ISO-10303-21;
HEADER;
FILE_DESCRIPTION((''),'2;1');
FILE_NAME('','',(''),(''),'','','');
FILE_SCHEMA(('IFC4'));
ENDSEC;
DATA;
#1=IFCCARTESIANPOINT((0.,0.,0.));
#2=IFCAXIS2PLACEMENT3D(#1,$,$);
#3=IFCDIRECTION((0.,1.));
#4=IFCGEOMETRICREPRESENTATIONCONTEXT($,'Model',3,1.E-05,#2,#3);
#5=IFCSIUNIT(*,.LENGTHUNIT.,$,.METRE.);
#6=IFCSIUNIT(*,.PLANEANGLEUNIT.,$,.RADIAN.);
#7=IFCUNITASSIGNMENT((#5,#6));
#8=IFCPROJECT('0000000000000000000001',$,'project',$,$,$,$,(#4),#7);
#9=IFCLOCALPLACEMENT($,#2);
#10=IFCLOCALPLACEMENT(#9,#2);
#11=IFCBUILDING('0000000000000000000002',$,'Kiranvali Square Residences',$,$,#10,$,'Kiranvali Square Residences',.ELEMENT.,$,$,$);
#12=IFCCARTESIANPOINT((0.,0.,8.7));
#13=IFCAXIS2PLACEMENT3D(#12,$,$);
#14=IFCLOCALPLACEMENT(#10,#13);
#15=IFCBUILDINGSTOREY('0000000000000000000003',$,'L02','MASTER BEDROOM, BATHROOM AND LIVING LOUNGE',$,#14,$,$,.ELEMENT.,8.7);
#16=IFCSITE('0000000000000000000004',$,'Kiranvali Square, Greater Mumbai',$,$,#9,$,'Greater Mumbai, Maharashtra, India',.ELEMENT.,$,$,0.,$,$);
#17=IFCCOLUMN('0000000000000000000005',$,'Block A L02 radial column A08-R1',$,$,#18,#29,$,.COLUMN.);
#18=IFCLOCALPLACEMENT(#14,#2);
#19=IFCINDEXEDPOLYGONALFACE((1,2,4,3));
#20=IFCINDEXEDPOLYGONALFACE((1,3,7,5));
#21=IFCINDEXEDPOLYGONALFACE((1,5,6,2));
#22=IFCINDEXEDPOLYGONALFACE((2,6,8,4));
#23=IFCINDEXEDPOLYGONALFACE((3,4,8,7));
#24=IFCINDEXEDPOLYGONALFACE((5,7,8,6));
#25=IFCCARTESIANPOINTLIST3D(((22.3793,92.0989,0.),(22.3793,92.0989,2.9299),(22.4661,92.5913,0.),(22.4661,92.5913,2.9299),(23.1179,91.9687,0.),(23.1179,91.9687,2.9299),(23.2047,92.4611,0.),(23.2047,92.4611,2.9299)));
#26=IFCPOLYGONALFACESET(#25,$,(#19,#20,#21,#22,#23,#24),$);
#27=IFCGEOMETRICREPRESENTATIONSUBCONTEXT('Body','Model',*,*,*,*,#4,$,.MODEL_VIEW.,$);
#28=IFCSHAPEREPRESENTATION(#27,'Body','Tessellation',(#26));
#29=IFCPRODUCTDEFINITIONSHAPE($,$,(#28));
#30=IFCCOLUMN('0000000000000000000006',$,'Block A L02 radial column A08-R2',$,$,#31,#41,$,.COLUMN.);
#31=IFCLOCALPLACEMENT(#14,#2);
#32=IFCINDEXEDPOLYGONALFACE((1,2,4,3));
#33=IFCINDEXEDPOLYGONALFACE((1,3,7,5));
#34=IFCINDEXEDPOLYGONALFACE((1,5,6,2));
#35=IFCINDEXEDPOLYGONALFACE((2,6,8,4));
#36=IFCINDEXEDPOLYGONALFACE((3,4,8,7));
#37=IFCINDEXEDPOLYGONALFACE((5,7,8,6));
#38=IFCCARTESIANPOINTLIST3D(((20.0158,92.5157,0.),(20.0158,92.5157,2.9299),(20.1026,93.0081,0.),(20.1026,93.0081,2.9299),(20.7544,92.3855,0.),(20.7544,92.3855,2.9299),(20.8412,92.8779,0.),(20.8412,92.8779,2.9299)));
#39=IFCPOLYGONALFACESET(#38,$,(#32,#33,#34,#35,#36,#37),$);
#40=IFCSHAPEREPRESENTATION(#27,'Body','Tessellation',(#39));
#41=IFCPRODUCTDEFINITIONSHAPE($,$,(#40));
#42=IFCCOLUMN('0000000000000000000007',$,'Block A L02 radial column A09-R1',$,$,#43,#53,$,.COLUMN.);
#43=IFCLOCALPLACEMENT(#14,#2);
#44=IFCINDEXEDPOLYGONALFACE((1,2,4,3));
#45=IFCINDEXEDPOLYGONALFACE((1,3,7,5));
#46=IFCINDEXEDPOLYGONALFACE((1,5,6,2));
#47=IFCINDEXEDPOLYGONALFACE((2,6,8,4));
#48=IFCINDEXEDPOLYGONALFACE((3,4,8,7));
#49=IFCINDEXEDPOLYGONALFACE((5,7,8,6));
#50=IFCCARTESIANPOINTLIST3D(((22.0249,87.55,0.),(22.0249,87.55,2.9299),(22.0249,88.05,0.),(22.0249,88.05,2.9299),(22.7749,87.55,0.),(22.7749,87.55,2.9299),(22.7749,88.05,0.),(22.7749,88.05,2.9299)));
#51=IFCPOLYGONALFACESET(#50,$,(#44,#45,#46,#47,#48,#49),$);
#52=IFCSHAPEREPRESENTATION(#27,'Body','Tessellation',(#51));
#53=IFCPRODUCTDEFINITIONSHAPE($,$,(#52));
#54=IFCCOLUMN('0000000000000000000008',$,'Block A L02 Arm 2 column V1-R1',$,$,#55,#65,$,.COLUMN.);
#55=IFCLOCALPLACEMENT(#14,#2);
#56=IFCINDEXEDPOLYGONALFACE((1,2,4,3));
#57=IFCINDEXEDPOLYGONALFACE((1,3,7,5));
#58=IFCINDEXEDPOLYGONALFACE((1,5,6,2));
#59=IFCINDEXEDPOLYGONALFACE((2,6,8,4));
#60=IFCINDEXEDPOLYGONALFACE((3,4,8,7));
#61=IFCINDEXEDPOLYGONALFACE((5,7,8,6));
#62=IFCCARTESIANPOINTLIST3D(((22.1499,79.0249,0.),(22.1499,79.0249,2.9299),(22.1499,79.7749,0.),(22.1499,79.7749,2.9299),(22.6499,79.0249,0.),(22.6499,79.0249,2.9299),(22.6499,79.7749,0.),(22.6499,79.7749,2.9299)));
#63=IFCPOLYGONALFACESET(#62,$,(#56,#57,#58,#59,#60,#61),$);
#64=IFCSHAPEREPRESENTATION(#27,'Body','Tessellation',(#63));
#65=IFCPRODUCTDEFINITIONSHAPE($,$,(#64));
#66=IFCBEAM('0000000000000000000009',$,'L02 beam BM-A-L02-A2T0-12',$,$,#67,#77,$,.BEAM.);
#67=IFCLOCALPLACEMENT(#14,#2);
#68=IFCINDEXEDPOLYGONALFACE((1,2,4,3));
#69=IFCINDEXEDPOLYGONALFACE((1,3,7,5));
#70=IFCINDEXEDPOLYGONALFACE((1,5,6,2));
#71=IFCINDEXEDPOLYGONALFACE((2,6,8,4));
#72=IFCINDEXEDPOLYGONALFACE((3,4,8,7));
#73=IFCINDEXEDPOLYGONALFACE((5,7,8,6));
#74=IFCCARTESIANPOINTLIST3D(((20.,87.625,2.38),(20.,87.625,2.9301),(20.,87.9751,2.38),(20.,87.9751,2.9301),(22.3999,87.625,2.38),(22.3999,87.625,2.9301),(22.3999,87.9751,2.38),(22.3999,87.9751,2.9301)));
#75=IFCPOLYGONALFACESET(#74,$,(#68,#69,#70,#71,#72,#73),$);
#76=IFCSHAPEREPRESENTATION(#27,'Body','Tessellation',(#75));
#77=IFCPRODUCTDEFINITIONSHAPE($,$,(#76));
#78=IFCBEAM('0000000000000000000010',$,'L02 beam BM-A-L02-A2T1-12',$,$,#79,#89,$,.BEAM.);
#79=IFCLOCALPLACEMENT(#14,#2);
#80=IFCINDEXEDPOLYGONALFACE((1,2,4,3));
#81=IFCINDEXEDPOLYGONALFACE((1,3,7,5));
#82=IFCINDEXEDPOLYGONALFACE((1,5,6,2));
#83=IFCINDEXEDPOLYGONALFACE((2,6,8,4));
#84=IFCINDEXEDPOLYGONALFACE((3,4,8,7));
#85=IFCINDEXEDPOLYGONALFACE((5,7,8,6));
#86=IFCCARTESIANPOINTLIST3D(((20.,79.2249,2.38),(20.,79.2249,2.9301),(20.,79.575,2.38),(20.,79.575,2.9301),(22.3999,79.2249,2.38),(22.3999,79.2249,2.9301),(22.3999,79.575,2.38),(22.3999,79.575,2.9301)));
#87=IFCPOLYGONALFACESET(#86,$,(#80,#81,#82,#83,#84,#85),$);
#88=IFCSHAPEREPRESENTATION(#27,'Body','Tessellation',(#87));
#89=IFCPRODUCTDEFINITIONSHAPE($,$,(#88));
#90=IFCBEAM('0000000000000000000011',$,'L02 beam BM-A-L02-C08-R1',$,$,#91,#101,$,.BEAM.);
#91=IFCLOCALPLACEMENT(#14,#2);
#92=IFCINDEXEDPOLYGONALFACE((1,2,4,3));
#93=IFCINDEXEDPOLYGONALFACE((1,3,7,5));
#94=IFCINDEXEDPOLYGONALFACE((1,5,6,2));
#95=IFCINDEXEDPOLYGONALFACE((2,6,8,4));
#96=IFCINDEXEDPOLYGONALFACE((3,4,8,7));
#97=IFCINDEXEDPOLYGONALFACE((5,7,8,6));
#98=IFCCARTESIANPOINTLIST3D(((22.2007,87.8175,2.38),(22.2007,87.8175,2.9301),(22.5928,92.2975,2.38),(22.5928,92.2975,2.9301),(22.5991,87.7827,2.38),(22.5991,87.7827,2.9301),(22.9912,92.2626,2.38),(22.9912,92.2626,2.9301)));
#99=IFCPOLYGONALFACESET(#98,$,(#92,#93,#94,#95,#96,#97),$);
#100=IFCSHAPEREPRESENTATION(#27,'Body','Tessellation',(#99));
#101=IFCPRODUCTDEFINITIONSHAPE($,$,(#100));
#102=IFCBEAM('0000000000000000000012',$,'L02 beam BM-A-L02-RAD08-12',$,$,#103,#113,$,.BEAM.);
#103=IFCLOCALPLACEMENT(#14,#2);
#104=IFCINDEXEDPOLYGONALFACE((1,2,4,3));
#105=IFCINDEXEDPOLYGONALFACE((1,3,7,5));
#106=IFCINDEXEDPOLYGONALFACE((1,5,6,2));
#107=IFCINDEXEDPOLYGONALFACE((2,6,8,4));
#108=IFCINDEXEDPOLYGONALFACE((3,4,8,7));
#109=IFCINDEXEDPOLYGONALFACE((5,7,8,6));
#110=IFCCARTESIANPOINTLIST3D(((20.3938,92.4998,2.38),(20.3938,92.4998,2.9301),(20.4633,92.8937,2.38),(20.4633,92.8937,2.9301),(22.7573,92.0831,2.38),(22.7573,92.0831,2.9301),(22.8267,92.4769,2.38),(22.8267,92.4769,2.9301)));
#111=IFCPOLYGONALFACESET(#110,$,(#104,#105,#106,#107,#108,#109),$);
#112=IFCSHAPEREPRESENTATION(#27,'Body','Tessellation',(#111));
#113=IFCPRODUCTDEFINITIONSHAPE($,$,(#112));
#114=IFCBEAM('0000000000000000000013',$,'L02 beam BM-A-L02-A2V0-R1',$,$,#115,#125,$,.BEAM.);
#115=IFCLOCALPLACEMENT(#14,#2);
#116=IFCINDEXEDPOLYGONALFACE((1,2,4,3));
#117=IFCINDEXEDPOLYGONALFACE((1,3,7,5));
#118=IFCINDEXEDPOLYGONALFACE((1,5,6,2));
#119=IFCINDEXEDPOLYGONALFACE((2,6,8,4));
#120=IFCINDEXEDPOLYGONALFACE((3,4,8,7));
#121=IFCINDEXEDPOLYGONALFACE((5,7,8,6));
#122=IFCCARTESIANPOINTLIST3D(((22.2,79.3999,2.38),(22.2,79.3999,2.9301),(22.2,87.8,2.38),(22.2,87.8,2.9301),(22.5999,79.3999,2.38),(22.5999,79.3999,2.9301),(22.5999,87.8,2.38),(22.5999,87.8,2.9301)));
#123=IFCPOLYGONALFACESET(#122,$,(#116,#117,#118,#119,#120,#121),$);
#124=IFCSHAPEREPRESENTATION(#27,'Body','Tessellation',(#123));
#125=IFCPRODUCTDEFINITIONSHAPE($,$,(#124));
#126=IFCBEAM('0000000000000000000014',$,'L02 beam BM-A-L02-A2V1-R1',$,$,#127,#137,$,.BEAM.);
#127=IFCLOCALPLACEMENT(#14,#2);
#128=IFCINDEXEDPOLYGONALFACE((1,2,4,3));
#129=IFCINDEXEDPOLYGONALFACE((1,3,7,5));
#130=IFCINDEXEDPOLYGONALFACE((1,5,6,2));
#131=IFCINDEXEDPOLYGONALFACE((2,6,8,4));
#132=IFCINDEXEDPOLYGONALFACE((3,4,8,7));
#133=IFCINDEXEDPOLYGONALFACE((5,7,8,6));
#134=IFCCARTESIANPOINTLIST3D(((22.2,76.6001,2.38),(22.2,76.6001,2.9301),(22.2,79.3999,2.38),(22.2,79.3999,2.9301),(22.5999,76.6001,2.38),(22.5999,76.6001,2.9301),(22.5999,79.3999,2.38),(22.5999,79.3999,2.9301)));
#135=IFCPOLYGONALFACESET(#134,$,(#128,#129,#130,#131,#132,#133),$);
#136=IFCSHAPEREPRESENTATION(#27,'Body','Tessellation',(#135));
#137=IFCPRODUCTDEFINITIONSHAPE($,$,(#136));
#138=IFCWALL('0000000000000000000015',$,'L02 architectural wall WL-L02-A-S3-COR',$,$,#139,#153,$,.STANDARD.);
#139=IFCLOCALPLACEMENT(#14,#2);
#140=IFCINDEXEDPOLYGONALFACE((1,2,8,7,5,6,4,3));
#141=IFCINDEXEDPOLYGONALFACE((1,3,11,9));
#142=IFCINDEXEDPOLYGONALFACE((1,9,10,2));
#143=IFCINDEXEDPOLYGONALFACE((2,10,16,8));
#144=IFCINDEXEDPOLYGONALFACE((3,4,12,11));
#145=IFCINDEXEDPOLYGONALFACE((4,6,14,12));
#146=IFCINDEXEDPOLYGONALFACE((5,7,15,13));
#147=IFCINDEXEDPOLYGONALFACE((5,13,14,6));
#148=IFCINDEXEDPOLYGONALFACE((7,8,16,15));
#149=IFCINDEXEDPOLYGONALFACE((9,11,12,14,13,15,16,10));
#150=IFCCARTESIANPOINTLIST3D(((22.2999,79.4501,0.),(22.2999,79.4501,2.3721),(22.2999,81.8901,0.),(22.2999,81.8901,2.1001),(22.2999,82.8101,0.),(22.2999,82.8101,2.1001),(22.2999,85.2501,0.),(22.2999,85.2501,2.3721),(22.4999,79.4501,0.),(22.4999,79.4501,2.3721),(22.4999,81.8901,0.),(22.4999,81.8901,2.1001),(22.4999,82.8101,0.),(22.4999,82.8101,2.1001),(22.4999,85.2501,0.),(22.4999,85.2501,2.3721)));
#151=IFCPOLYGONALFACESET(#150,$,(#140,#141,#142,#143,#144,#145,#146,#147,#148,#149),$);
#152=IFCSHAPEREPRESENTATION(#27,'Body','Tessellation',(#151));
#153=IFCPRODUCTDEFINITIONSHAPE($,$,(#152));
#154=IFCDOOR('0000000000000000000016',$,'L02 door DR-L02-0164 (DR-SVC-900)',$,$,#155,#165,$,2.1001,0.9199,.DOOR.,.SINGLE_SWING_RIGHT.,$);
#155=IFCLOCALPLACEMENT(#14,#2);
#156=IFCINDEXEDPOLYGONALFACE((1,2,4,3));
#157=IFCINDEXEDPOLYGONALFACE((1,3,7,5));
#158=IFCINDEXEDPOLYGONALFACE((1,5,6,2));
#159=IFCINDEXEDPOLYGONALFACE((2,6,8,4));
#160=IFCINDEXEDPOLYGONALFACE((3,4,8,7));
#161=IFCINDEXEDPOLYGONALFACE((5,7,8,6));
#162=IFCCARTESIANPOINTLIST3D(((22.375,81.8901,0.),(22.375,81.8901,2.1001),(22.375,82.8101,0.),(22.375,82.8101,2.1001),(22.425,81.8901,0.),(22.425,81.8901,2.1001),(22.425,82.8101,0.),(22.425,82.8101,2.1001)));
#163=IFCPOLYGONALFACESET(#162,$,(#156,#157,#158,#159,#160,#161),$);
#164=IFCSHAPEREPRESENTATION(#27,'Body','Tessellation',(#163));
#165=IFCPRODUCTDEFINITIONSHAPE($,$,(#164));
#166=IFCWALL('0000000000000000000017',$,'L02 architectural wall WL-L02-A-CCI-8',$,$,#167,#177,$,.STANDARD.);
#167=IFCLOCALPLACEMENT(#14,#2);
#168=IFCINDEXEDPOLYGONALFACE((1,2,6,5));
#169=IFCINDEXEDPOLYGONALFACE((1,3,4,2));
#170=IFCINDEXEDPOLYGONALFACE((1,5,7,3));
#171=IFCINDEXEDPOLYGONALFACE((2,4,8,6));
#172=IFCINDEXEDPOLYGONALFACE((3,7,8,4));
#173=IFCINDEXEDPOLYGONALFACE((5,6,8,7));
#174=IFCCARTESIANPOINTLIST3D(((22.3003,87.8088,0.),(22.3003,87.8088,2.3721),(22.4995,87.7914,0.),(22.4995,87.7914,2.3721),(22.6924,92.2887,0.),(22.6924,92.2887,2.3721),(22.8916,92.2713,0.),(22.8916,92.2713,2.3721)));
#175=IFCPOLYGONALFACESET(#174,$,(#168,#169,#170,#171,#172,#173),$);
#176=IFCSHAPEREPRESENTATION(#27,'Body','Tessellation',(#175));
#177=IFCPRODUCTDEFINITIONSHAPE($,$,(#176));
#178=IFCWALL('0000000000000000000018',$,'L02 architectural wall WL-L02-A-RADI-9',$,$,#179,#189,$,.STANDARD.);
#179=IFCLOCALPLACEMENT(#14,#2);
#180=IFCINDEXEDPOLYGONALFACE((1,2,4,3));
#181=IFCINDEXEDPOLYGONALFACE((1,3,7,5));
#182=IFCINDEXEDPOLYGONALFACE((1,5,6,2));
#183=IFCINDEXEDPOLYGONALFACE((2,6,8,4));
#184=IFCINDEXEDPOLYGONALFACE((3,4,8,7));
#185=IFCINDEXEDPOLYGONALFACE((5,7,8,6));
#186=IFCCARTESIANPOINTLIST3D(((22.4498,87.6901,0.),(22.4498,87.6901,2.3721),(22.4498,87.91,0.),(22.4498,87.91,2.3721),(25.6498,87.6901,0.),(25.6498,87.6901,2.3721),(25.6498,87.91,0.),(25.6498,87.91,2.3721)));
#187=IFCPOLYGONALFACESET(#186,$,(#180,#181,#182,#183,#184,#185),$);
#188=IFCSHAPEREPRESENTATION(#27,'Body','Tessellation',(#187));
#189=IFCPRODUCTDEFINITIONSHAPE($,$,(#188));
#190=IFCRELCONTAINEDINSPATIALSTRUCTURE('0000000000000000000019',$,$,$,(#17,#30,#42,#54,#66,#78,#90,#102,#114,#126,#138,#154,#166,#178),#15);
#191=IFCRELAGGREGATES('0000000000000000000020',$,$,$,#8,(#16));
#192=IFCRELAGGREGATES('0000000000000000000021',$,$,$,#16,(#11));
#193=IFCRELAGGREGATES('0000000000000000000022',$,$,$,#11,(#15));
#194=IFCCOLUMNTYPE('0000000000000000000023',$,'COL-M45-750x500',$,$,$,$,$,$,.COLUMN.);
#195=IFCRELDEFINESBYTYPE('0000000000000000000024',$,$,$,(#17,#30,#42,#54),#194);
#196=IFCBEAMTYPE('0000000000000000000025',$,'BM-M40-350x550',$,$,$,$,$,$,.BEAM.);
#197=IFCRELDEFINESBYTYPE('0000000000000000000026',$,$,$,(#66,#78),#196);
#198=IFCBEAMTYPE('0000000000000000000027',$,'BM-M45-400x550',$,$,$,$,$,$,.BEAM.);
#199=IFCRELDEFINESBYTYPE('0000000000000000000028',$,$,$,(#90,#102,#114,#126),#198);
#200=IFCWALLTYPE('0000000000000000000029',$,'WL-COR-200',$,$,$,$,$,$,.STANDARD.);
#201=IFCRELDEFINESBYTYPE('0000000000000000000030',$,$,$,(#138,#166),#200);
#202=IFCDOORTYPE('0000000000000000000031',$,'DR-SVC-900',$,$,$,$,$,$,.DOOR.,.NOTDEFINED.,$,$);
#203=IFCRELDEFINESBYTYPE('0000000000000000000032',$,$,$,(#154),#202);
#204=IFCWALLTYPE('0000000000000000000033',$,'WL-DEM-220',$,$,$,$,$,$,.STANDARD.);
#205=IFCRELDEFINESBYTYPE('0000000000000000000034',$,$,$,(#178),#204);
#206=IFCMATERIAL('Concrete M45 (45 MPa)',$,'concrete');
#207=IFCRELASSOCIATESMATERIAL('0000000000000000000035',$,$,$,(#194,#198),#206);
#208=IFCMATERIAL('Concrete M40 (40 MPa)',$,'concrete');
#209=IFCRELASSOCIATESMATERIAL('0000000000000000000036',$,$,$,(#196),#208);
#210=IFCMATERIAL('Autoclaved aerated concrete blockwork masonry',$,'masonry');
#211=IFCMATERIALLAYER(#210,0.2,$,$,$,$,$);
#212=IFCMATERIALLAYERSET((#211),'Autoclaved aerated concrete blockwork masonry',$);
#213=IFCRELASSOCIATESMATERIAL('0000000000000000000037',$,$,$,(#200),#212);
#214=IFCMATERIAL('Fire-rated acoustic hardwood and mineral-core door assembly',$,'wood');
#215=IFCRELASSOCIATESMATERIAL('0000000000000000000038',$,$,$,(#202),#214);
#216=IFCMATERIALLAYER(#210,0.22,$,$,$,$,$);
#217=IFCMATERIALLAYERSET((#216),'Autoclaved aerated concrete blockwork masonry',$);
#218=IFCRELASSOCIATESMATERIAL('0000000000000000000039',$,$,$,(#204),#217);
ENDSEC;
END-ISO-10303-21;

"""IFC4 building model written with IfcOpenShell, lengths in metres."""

from ifc_helpers import new_model, si_unit, direction, frame, frame_2d, origin, origin_2d, place, context, subcontext, project, spatial, rectangle, extrude, material, layer, layer_set, material_profile, profile_set, type_object, element, fill, save


model = new_model("IFC4")

# Units and contexts
model_context = context("Model", 3, precision=1e-05, world=origin(), true_north=direction((0.0, 1.0)))
body_context = subcontext(model_context, "Body", "Model", "MODEL_VIEW")
ifc_project = project(units=[si_unit("LENGTHUNIT", "METRE"), si_unit("PLANEANGLEUNIT", "RADIAN")], contexts=[model_context])

# Site, building, storey
site_placement = place(None, origin())
site = spatial("IfcSite", under=ifc_project, at=site_placement, Name="Kiranvali Square, Greater Mumbai", LongName="Greater Mumbai, Maharashtra, India", CompositionType="ELEMENT", RefElevation=0.0)
building_placement = place(site_placement, origin())
building = spatial("IfcBuilding", under=site, at=building_placement, Name="Kiranvali Square Residences", LongName="Kiranvali Square Residences", CompositionType="ELEMENT")
storey_placement = place(building_placement, frame((0.0, 0.0, 8.7)))
storey = spatial("IfcBuildingStorey", under=building, at=storey_placement, Name="L02", Description="MASTER BEDROOM, BATHROOM AND LIVING LOUNGE", CompositionType="ELEMENT", Elevation=8.7)

# Columns
ifc_material_1 = material(Name="Concrete M45 (45 MPa)", Category="concrete")
ifc_material_profile_1 = material_profile(ifc_material_1, rectangle(XDim=0.5, YDim=0.75, at=origin_2d()), Name="RC 750x500")
ifc_profile_set_1 = profile_set([ifc_material_profile_1], Name="Concrete M45 (45 MPa)")
column_type = type_object("IfcColumnType", Name="COL-M45-750x500", PredefinedType="COLUMN", material=ifc_profile_set_1)
for number, where, z_axis, x_axis, name in (
    (1, (22.792, 92.28, 0.0), (0.0, 0.0, 1.0), (0.173648, 0.984808, 0.0), "Block A L02 radial column A08-R1"),
    (2, (20.4285, 92.6968, 0.0), (0.0, 0.0, 1.0), (0.173648, 0.984808, 0.0), "Block A L02 radial column A08-R2"),
    (3, (22.3999, 87.8, 0.0), (0.0, 0.0, 1.0), (0.0, 1.0, 0.0), "Block A L02 radial column A09-R1"),
    (4, (22.3999, 79.3999, 0.0), (0.0, 0.0, 1.0), (1.0, 0.0, 0.0), "Block A L02 Arm 2 column V1-R1"),
):
    element("IfcColumn", number, at=place(storey_placement, frame(where, z_axis=z_axis, x_axis=x_axis)), inside=storey, type_object=column_type, Name=name, PredefinedType="COLUMN", context=body_context, shape_type="SweptSolid", body=[
        extrude(rectangle(XDim=0.5, YDim=0.75, at=origin_2d()), origin(), (0.0, 0.0, 1.0), 2.9299),
    ])

# Beams
ifc_material_2 = material(Name="Concrete M40 (40 MPa)", Category="concrete")
ifc_material_profile_2 = material_profile(ifc_material_2, rectangle(XDim=0.3501, YDim=0.55, at=origin_2d()), Name="RC 350x550")
ifc_profile_set_2 = profile_set([ifc_material_profile_2], Name="Concrete M40 (40 MPa)")
beam_type_1 = type_object("IfcBeamType", Name="BM-M40-350x550", PredefinedType="BEAM", material=ifc_profile_set_2)
for number, where, z_axis, x_axis, name in (
    (5, (22.3999, 87.8, 2.655), (-1.0, 0.0, 0.0), (0.0, -1.0, 0.0), "L02 beam BM-A-L02-A2T0-12"),
    (6, (22.3999, 79.3999, 2.655), (-1.0, 0.0, 0.0), (0.0, -1.0, 0.0), "L02 beam BM-A-L02-A2T1-12"),
):
    element("IfcBeam", number, at=place(storey_placement, frame(where, z_axis=z_axis, x_axis=x_axis)), inside=storey, type_object=beam_type_1, Name=name, PredefinedType="BEAM", context=body_context, shape_type="SweptSolid", body=[
        extrude(rectangle(XDim=0.3501, YDim=0.55, at=origin_2d()), origin(), (0.0, 0.0, 1.0), 2.3999),
    ])
ifc_material_profile_3 = material_profile(ifc_material_1, rectangle(XDim=0.3999, YDim=0.55, at=origin_2d()), Name="RC 400x550")
ifc_profile_set_3 = profile_set([ifc_material_profile_3], Name="Concrete M45 (45 MPa)")
beam_type_2 = type_object("IfcBeamType", Name="BM-M45-400x550", PredefinedType="BEAM", material=ifc_profile_set_3)
beam_1_placement = place(storey_placement, frame((22.792, 92.28, 2.655), z_axis=(-0.087187, -0.996192, 0.0), x_axis=(0.996192, -0.087187, 0.0)))
element("IfcBeam", 7, at=beam_1_placement, inside=storey, type_object=beam_type_2, Name="L02 beam BM-A-L02-C08-R1", PredefinedType="BEAM", context=body_context, shape_type="SweptSolid", body=[
    extrude(rectangle(XDim=0.3999, YDim=0.55, at=origin_2d()), origin(), (0.0, 0.0, 1.0), 4.4971),
])
beam_2_placement = place(storey_placement, frame((22.792, 92.28, 2.655), z_axis=(-0.984808, 0.173646, 0.0), x_axis=(-0.173646, -0.984808, 0.0)))
element("IfcBeam", 8, at=beam_2_placement, inside=storey, type_object=beam_type_2, Name="L02 beam BM-A-L02-RAD08-12", PredefinedType="BEAM", context=body_context, shape_type="SweptSolid", body=[
    extrude(rectangle(XDim=0.3999, YDim=0.55, at=origin_2d()), origin(), (0.0, 0.0, 1.0), 2.3999),
])
beam_3_placement = place(storey_placement, frame((22.3999, 87.8, 2.655), z_axis=(0.0, -1.0, 0.0), x_axis=(1.0, 0.0, 0.0)))
element("IfcBeam", 9, at=beam_3_placement, inside=storey, type_object=beam_type_2, Name="L02 beam BM-A-L02-A2V0-R1", PredefinedType="BEAM", context=body_context, shape_type="SweptSolid", body=[
    extrude(rectangle(XDim=0.3999, YDim=0.55, at=origin_2d()), origin(), (0.0, 0.0, 1.0), 8.4001),
])
beam_4_placement = place(storey_placement, frame((22.3999, 79.3999, 2.655), z_axis=(0.0, -1.0, 0.0), x_axis=(1.0, 0.0, 0.0)))
element("IfcBeam", 10, at=beam_4_placement, inside=storey, type_object=beam_type_2, Name="L02 beam BM-A-L02-A2V1-R1", PredefinedType="BEAM", context=body_context, shape_type="SweptSolid", body=[
    extrude(rectangle(XDim=0.3999, YDim=0.55, at=origin_2d()), origin(), (0.0, 0.0, 1.0), 2.7998),
])

# Wall, opening, door
ifc_material_3 = material(Name="Autoclaved aerated concrete blockwork masonry", Category="masonry")
ifc_layer_1 = layer(ifc_material_3, 0.2)
ifc_layer_set_1 = layer_set([ifc_layer_1], Name="Autoclaved aerated concrete blockwork masonry")
wall_type_1 = type_object("IfcWallType", Name="WL-COR-200", PredefinedType="STANDARD", material=ifc_layer_set_1)
ifc_material_4 = material(Name="Fire-rated acoustic hardwood and mineral-core door assembly", Category="wood")
wall_1_placement = place(storey_placement, frame((22.3999, 85.25, 0.0), z_axis=(0.0, 0.0, 1.0), x_axis=(0.0, -1.0, 0.0)))
wall_1 = element("IfcWall", 11, at=wall_1_placement, inside=storey, type_object=wall_type_1, Name="L02 architectural wall WL-L02-A-S3-COR", PredefinedType="STANDARD", context=body_context, shape_type="SweptSolid", body=[
    extrude(rectangle(XDim=5.8, YDim=0.2, at=frame_2d((2.8999, 0.0))), origin(), (0.0, 0.0, 1.0), 2.3721),
])
opening_1_placement = place(wall_1_placement, frame((2.4399, 0.0, 0.0)))
opening_1 = element("IfcOpeningElement", 12, at=opening_1_placement, cuts=wall_1, PredefinedType="OPENING", context=body_context, shape_type="SweptSolid", body=[
    extrude(rectangle(XDim=0.9199, YDim=2.1001, at=frame_2d((0.46, 1.05))), frame((0.0, 0.1099, 0.0), z_axis=(0.0, -1.0, 0.0), x_axis=(1.0, 0.0, 0.0)), (0.0, 0.0, 1.0), 0.22),
])
door_type_1 = type_object("IfcDoorType", Name="DR-SVC-900", OperationType="NOTDEFINED", PredefinedType="DOOR", material=ifc_material_4)
door_1_placement = place(opening_1_placement, frame((0.9199, 0.0, 0.0), z_axis=(0.0, 0.0, 1.0), x_axis=(-1.0, 0.0, 0.0)))
door_1 = element("IfcDoor", 13, at=door_1_placement, inside=storey, type_object=door_type_1, Name="L02 door DR-L02-0164 (DR-SVC-900)", OperationType="SINGLE_SWING_RIGHT", OverallHeight=2.1001, OverallWidth=0.9199, PredefinedType="DOOR", context=body_context, shape_type="SweptSolid", body=[
    extrude(rectangle(XDim=0.9199, YDim=2.1001, at=frame_2d((0.46, 1.05))), frame((0.0, 0.0249, 0.0), z_axis=(0.0, -1.0, 0.0), x_axis=(1.0, 0.0, 0.0)), (0.0, 0.0, 1.0), 0.05),
])
fill(opening_1, door_1)

# Wall
wall_2_placement = place(storey_placement, frame((22.792, 92.28, 0.0), z_axis=(0.0, 0.0, 1.0), x_axis=(-0.087187, -0.996192, 0.0)))
element("IfcWall", 14, at=wall_2_placement, inside=storey, type_object=wall_type_1, Name="L02 architectural wall WL-L02-A-CCI-8", PredefinedType="STANDARD", context=body_context, shape_type="SweptSolid", body=[
    extrude(rectangle(XDim=4.4971, YDim=0.2, at=frame_2d((2.2485, 0.0))), origin(), (0.0, 0.0, 1.0), 2.3721),
])

# Wall
ifc_layer_2 = layer(ifc_material_3, 0.22)
ifc_layer_set_2 = layer_set([ifc_layer_2], Name="Autoclaved aerated concrete blockwork masonry")
wall_type_2 = type_object("IfcWallType", Name="WL-DEM-220", PredefinedType="STANDARD", material=ifc_layer_set_2)
wall_3_placement = place(storey_placement, frame((25.6499, 87.8, 0.0), z_axis=(0.0, 0.0, 1.0), x_axis=(-1.0, 0.0, 0.0)))
element("IfcWall", 15, at=wall_3_placement, inside=storey, type_object=wall_type_2, Name="L02 architectural wall WL-L02-A-RADI-9", PredefinedType="STANDARD", context=body_context, shape_type="SweptSolid", body=[
    extrude(rectangle(XDim=3.2, YDim=0.22, at=frame_2d((1.6001, 0.0))), origin(), (0.0, 0.0, 1.0), 2.3721),
])

save(model, "model.ifc")
